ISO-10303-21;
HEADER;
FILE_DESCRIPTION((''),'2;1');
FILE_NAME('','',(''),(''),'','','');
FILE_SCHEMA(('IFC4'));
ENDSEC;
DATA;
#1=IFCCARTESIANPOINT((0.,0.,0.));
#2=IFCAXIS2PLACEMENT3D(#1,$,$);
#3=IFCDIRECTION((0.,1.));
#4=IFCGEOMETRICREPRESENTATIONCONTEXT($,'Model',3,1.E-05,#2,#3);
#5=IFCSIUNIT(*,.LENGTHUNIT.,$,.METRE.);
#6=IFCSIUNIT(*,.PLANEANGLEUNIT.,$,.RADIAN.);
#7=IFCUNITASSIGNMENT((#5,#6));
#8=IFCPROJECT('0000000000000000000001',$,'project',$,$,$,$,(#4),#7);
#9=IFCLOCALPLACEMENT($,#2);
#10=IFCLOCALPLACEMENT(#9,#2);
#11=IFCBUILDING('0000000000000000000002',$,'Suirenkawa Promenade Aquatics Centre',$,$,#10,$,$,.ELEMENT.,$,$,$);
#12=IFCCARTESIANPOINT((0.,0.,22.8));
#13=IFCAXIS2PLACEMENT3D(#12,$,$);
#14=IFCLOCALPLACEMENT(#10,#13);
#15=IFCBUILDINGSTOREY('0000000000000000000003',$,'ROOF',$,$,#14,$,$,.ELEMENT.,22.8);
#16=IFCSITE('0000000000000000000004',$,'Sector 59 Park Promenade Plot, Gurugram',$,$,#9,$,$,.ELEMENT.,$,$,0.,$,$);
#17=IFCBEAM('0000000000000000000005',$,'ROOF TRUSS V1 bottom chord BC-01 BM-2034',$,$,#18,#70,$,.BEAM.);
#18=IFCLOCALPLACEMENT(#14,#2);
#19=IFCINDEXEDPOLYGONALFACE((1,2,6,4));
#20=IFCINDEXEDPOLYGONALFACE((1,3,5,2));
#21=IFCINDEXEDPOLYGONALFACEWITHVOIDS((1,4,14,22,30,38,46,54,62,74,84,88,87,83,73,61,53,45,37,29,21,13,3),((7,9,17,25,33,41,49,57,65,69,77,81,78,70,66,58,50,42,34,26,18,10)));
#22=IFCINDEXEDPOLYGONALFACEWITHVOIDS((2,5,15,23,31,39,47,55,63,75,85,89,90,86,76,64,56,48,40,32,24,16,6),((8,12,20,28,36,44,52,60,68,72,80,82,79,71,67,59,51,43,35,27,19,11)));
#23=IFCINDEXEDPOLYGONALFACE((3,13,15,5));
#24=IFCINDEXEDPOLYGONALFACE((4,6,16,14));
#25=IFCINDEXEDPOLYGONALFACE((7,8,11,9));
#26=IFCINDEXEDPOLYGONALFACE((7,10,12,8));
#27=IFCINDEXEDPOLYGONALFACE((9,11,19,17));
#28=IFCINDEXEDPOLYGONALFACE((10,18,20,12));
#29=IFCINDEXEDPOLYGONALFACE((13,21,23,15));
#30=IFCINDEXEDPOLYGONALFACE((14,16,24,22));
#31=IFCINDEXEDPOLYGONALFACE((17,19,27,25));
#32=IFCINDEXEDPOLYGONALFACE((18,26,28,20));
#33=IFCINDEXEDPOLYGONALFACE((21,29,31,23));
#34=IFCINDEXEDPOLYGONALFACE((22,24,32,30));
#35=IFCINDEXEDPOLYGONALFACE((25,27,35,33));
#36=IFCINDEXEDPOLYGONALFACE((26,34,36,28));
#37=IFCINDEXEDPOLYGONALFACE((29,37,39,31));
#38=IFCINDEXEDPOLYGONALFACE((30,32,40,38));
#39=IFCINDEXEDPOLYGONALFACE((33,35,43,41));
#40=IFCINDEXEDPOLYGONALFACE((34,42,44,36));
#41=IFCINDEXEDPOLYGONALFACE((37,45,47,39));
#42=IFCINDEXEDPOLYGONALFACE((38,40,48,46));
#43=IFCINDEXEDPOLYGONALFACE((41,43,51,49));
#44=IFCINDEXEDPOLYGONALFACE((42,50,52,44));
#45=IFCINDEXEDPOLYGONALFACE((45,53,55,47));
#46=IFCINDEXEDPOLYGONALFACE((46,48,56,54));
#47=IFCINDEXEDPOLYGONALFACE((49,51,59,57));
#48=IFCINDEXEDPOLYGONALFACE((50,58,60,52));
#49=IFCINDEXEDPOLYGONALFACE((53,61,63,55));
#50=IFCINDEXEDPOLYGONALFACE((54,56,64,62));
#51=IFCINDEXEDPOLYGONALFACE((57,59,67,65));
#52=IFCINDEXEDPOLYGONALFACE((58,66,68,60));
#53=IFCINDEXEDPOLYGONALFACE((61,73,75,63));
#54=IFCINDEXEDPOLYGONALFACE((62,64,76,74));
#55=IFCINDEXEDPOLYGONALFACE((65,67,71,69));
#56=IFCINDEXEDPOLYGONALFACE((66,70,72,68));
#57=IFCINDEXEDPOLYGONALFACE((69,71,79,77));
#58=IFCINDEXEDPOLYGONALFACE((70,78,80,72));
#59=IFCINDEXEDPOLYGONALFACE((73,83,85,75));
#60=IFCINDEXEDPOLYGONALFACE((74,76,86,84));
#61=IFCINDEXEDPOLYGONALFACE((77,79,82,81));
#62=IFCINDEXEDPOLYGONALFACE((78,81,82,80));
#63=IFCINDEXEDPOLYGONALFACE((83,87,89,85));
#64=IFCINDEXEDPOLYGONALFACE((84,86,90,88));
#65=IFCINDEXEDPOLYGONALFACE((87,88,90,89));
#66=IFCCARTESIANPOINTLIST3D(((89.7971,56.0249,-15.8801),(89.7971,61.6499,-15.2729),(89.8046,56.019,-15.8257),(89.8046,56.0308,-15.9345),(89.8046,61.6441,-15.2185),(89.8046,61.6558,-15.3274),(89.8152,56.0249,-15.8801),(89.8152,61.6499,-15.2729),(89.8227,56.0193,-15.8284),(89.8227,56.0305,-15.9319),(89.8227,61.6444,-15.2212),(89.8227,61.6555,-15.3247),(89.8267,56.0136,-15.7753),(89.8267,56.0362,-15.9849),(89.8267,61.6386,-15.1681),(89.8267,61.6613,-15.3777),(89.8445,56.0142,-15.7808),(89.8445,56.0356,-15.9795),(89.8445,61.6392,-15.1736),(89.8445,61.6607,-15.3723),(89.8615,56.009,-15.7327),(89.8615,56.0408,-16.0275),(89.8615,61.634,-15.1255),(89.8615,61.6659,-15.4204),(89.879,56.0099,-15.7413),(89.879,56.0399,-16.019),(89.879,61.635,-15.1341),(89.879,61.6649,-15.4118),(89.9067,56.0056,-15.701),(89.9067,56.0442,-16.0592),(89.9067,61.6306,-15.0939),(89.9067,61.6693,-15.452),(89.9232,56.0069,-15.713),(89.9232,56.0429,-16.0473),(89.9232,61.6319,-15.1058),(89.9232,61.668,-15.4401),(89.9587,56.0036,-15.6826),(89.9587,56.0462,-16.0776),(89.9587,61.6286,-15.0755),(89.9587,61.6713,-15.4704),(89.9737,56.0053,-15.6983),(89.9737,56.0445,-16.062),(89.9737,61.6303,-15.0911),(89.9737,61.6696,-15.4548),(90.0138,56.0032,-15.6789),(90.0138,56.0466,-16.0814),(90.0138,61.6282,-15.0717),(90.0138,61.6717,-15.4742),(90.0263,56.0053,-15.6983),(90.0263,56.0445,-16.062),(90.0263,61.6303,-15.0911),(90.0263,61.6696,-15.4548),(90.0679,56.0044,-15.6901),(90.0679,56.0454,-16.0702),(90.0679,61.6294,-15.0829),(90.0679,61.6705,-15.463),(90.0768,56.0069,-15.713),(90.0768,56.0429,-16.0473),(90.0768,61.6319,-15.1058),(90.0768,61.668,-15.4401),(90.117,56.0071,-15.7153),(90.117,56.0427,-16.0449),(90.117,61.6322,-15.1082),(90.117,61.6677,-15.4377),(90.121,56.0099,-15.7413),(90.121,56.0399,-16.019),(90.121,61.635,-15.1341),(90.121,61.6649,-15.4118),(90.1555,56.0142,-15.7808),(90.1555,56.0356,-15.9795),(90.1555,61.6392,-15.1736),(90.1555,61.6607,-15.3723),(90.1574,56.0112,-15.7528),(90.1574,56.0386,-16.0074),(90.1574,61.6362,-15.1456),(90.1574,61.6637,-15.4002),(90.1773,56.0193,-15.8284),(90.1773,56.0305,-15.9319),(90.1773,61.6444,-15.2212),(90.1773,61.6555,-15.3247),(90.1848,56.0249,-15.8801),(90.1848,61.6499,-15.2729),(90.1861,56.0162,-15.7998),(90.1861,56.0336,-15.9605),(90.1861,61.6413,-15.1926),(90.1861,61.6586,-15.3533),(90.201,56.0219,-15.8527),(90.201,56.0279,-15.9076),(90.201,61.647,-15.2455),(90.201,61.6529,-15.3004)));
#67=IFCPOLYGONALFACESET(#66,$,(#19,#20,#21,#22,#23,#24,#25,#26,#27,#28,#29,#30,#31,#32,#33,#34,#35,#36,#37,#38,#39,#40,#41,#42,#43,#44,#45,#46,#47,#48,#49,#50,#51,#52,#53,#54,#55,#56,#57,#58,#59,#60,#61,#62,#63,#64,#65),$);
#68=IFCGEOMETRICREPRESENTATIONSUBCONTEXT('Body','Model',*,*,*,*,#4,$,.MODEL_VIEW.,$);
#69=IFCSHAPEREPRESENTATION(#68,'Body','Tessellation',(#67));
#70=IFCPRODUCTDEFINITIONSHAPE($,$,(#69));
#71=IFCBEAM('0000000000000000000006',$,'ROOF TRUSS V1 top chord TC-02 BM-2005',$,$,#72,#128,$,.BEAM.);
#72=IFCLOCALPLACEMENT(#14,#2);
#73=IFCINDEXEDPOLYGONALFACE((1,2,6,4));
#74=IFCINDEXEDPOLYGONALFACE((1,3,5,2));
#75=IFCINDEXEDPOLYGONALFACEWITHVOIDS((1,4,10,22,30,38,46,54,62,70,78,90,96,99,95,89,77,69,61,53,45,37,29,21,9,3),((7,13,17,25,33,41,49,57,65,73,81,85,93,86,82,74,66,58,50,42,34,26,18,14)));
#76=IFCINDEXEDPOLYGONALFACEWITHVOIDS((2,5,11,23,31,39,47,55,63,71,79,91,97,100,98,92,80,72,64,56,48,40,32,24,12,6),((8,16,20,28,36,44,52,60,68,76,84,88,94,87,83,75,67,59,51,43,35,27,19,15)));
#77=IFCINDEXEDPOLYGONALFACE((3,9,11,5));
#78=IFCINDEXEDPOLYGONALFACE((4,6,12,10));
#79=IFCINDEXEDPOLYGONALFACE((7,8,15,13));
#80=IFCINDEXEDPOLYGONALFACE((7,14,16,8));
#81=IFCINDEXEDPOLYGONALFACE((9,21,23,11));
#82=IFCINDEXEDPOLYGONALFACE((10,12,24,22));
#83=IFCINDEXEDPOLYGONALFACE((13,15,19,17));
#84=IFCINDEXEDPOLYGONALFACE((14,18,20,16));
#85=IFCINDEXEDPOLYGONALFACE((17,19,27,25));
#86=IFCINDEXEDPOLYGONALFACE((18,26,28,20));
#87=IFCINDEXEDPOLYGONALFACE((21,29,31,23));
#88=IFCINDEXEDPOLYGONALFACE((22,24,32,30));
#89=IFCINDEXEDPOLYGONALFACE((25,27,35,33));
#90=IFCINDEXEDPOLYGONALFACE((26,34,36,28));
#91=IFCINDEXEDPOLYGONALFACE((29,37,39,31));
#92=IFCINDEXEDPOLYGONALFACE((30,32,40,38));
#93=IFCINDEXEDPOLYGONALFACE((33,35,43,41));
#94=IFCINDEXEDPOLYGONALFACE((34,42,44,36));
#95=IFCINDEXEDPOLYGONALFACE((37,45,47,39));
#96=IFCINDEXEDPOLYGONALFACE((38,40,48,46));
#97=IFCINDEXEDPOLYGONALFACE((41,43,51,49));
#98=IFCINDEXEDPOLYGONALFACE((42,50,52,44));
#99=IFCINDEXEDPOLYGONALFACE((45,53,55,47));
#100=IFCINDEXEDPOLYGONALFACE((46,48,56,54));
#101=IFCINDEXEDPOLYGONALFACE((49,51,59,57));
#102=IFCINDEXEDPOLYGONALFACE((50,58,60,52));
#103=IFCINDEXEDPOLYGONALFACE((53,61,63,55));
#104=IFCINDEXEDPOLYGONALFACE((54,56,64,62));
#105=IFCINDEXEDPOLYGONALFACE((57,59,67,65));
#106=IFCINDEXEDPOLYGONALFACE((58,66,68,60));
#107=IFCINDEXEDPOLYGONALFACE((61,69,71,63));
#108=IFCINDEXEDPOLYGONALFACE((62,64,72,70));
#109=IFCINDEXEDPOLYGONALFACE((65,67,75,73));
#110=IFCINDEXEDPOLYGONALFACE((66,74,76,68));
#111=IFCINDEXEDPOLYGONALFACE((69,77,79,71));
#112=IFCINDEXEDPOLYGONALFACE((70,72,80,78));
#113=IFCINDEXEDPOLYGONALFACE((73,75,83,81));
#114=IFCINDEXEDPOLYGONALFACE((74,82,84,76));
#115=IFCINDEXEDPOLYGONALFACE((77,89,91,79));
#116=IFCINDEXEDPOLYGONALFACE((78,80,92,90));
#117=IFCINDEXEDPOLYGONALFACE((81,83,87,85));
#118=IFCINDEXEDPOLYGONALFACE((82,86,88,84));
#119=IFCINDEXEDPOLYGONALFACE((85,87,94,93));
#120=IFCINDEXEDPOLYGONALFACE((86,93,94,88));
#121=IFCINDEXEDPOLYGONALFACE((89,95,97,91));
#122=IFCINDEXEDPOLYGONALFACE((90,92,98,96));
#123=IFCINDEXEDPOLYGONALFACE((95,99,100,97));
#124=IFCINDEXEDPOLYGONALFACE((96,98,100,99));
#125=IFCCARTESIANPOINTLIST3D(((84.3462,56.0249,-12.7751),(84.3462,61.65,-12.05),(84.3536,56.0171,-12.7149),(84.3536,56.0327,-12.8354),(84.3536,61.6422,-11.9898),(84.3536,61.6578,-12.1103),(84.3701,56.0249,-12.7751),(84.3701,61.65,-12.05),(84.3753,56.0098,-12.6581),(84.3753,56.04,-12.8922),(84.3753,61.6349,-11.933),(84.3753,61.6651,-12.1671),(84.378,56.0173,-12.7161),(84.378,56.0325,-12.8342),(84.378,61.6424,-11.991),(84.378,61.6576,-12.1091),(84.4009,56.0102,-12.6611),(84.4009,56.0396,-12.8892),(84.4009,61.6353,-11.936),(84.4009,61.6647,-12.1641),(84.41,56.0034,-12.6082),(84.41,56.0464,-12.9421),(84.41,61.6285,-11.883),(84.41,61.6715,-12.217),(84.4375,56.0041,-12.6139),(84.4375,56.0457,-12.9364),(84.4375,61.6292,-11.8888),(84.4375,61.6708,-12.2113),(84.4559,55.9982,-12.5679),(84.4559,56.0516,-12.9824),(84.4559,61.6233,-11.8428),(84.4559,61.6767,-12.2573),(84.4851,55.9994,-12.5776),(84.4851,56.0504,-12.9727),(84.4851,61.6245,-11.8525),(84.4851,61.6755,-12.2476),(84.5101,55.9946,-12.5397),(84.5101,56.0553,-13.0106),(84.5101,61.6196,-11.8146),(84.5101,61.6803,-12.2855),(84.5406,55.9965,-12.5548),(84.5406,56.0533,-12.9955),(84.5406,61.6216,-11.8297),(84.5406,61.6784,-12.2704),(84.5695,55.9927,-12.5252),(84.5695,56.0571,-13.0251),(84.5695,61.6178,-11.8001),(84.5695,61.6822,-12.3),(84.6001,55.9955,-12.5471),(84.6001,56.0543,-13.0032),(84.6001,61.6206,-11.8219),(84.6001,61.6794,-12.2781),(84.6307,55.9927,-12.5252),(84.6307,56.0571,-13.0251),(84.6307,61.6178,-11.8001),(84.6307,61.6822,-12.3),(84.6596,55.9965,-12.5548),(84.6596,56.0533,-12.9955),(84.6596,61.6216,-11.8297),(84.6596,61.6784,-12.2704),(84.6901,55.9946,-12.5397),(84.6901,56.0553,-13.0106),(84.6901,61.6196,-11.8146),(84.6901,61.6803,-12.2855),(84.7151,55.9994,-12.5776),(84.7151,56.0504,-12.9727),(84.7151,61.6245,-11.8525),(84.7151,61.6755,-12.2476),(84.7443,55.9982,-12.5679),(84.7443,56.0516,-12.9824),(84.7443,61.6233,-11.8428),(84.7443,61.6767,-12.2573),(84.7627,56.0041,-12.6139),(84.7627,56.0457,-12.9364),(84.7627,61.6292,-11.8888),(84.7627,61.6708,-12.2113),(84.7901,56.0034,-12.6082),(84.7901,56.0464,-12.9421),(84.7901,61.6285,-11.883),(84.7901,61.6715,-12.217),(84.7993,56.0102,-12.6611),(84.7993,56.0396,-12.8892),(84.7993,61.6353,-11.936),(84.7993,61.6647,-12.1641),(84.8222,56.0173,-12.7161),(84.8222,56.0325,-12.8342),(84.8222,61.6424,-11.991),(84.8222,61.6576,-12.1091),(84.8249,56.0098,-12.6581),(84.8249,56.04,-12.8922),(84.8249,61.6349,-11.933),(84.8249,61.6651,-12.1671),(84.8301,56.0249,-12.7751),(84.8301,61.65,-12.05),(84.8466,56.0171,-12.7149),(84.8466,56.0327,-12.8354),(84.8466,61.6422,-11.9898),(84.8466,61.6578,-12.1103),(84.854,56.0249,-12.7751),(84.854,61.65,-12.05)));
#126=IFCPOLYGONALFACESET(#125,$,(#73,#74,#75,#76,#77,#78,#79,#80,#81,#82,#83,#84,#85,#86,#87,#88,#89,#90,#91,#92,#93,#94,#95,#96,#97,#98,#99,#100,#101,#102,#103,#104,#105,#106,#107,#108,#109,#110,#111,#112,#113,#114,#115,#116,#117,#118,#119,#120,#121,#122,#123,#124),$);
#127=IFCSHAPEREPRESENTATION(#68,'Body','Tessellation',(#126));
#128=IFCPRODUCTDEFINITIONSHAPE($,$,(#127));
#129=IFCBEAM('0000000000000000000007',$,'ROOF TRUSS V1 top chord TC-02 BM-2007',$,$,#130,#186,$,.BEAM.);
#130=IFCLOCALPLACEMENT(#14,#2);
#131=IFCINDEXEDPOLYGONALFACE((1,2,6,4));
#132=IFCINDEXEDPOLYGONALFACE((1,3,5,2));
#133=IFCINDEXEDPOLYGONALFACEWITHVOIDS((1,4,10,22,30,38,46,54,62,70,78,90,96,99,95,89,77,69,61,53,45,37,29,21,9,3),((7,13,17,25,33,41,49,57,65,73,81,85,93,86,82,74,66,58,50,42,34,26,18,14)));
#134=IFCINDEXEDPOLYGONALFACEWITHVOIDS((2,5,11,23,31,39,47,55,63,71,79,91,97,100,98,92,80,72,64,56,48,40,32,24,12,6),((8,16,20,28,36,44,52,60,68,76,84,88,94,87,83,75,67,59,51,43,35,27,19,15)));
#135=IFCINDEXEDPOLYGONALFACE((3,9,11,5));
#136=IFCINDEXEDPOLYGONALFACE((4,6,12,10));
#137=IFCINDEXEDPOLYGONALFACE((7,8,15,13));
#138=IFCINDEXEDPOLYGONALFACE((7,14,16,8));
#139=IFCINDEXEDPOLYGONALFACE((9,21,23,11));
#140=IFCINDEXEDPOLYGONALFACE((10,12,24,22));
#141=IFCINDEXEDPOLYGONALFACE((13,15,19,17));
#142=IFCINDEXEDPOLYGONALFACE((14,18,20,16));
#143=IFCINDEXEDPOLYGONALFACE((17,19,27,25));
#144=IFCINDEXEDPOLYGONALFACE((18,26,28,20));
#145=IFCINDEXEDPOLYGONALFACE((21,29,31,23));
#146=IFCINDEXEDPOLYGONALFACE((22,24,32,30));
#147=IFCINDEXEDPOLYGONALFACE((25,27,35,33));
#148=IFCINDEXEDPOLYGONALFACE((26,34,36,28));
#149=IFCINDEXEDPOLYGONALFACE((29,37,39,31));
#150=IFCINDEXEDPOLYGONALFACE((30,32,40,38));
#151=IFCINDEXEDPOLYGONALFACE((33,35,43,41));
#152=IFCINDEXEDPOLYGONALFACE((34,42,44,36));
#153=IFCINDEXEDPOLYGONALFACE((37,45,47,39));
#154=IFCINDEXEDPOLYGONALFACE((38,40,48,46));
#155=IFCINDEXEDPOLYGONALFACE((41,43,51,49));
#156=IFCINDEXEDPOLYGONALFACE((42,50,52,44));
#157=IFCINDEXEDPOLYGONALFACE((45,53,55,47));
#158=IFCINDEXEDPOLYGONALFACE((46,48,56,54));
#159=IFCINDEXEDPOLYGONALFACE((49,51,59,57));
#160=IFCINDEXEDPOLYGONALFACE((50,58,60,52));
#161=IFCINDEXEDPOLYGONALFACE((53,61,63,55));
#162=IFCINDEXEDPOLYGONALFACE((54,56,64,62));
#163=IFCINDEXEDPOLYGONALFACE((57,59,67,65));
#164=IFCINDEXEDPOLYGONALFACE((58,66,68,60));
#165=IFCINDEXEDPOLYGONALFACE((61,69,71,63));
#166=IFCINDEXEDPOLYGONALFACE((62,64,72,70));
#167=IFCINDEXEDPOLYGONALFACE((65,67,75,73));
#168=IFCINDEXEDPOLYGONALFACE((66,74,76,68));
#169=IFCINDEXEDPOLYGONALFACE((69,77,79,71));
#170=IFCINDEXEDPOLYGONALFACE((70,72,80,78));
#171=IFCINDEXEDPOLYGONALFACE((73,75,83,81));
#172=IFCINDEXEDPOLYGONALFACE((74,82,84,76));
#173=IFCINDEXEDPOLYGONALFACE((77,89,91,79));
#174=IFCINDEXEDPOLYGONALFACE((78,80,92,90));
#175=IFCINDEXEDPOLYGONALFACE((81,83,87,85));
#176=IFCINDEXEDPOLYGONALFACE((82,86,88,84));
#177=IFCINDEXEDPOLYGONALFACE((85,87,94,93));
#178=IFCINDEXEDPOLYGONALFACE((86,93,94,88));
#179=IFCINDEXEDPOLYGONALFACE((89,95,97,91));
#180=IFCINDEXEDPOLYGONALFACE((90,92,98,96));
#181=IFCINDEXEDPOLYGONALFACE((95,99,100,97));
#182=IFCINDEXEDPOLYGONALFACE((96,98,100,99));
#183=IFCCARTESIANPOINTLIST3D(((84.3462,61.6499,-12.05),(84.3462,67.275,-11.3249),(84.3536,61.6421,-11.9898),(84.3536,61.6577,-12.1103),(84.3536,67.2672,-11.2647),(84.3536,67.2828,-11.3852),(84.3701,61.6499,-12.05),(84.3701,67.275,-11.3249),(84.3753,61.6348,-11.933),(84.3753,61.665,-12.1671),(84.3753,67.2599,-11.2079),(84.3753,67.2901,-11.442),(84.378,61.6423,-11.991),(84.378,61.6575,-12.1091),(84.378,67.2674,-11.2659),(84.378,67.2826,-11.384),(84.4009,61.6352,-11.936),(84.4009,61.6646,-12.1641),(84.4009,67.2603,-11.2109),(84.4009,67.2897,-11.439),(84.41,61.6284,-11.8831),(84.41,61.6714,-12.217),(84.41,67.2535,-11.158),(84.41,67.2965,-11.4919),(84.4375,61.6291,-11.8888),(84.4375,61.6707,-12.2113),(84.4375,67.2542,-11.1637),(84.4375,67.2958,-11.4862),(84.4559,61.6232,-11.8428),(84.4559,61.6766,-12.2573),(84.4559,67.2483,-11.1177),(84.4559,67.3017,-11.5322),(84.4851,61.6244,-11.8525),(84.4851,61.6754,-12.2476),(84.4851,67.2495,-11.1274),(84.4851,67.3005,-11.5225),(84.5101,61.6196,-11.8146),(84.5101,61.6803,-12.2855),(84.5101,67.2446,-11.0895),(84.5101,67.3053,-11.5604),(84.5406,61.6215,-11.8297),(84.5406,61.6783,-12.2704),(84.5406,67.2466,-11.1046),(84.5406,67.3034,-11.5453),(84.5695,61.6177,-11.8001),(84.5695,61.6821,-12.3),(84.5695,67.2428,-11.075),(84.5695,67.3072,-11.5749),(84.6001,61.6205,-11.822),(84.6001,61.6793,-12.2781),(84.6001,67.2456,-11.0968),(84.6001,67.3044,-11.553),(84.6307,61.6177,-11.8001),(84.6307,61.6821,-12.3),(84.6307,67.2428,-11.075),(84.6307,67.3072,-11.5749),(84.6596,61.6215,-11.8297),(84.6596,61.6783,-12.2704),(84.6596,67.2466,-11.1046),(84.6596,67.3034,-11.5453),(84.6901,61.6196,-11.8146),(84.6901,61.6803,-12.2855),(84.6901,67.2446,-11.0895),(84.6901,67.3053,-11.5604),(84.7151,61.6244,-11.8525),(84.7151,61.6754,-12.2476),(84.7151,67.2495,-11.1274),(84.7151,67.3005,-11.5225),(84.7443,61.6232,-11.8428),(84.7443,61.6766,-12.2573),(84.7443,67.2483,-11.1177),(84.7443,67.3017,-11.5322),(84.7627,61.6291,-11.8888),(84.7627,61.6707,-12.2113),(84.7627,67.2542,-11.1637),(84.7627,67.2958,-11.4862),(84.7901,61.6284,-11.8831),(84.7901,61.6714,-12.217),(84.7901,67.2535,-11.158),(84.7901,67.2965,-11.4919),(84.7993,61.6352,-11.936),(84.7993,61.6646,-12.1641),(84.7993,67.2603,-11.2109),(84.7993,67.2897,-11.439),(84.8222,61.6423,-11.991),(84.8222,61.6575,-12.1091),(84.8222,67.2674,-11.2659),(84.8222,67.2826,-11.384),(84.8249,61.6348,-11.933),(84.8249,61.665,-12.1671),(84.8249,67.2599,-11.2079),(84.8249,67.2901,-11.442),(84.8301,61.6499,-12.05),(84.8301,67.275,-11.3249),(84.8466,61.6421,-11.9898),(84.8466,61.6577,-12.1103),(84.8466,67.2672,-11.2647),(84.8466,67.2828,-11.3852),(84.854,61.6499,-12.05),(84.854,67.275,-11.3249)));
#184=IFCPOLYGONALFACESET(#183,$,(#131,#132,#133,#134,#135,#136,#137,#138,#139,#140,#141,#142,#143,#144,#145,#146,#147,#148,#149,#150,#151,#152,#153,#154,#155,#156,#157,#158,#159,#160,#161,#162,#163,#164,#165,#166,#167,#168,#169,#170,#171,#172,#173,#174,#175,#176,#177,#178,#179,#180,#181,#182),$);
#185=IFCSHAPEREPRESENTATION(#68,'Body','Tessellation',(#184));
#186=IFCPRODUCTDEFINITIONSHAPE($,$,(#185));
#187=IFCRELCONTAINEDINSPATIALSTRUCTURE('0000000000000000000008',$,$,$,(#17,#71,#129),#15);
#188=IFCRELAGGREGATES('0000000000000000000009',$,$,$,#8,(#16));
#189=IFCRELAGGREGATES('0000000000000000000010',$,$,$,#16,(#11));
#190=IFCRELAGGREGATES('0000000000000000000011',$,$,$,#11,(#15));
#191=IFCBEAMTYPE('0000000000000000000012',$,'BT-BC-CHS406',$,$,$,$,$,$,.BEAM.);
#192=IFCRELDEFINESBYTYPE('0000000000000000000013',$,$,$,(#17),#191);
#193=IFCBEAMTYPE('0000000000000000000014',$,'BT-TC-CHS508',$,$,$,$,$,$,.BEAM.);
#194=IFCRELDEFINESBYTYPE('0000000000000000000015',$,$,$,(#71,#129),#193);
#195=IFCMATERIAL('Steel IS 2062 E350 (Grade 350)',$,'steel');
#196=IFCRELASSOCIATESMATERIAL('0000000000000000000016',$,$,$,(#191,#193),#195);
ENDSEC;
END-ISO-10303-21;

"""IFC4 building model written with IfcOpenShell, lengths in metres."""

from ifc_helpers import new_model, si_unit, direction, frame, origin, origin_2d, place, context, subcontext, project, spatial, hollow_circle, extrude, material, material_profile, profile_set, type_object, element, save


model = new_model("IFC4")

# Units and contexts
model_context = context("Model", 3, precision=1e-05, world=origin(), true_north=direction((0.0, 1.0)))
body_context = subcontext(model_context, "Body", "Model", "MODEL_VIEW")
ifc_project = project(units=[si_unit("LENGTHUNIT", "METRE"), si_unit("PLANEANGLEUNIT", "RADIAN")], contexts=[model_context])

# Site, building, storey
site_placement = place(None, origin())
site = spatial("IfcSite", under=ifc_project, at=site_placement, Name="Sector 59 Park Promenade Plot, Gurugram", CompositionType="ELEMENT", RefElevation=0.0)
building_placement = place(site_placement, origin())
building = spatial("IfcBuilding", under=site, at=building_placement, Name="Suirenkawa Promenade Aquatics Centre", CompositionType="ELEMENT")
storey_placement = place(building_placement, frame((0.0, 0.0, 22.8)))
storey = spatial("IfcBuildingStorey", under=building, at=storey_placement, Name="ROOF", CompositionType="ELEMENT", Elevation=22.8)

# Beams
ifc_material = material(Name="Steel IS 2062 E350 (Grade 350)", Category="steel")
ifc_material_profile_1 = material_profile(ifc_material, hollow_circle(Radius=0.2029, WallThickness=0.0181, at=origin_2d()), Name="CHS 406x18", Category="steel")
ifc_profile_set_1 = profile_set([ifc_material_profile_1], Name="Steel IS 2062 E350 (Grade 350)")
beam_type_1 = type_object("IfcBeamType", Name="BT-BC-CHS406", PredefinedType="BEAM", material=ifc_profile_set_1)
beam_1_placement = place(storey_placement, frame((90.0, 56.0249, -15.8801), z_axis=(0.0, 0.994225, 0.107319), x_axis=(-1.0, 0.0, 0.0)))
element("IfcBeam", 1, at=beam_1_placement, inside=storey, type_object=beam_type_1, Name="ROOF TRUSS V1 bottom chord BC-01 BM-2034", PredefinedType="BEAM", context=body_context, shape_type="SweptSolid", body=[
    extrude(hollow_circle(Radius=0.2029, WallThickness=0.0181, at=origin_2d()), origin(), (0.0, 0.0, 1.0), 5.6577),
])
ifc_material_profile_2 = material_profile(ifc_material, hollow_circle(Radius=0.2539, WallThickness=0.0239, at=origin_2d()), Name="CHS 508x24", Category="steel")
ifc_profile_set_2 = profile_set([ifc_material_profile_2], Name="Steel IS 2062 E350 (Grade 350)")
beam_type_2 = type_object("IfcBeamType", Name="BT-TC-CHS508", PredefinedType="BEAM", material=ifc_profile_set_2)
for number, where, z_axis, x_axis, name in (
    (2, (84.6001, 56.0249, -12.7751), (0.0, 0.991794, 0.127848), (-1.0, 0.0, 0.0), "ROOF TRUSS V1 top chord TC-02 BM-2005"),
    (3, (84.6001, 61.6499, -12.05), (0.0, 0.991794, 0.127848), (-1.0, 0.0, 0.0), "ROOF TRUSS V1 top chord TC-02 BM-2007"),
):
    element("IfcBeam", number, at=place(storey_placement, frame(where, z_axis=z_axis, x_axis=x_axis)), inside=storey, type_object=beam_type_2, Name=name, PredefinedType="BEAM", context=body_context, shape_type="SweptSolid", body=[
        extrude(hollow_circle(Radius=0.2539, WallThickness=0.0239, at=origin_2d()), origin(), (0.0, 0.0, 1.0), 5.6716),
    ])

save(model, "model.ifc")
